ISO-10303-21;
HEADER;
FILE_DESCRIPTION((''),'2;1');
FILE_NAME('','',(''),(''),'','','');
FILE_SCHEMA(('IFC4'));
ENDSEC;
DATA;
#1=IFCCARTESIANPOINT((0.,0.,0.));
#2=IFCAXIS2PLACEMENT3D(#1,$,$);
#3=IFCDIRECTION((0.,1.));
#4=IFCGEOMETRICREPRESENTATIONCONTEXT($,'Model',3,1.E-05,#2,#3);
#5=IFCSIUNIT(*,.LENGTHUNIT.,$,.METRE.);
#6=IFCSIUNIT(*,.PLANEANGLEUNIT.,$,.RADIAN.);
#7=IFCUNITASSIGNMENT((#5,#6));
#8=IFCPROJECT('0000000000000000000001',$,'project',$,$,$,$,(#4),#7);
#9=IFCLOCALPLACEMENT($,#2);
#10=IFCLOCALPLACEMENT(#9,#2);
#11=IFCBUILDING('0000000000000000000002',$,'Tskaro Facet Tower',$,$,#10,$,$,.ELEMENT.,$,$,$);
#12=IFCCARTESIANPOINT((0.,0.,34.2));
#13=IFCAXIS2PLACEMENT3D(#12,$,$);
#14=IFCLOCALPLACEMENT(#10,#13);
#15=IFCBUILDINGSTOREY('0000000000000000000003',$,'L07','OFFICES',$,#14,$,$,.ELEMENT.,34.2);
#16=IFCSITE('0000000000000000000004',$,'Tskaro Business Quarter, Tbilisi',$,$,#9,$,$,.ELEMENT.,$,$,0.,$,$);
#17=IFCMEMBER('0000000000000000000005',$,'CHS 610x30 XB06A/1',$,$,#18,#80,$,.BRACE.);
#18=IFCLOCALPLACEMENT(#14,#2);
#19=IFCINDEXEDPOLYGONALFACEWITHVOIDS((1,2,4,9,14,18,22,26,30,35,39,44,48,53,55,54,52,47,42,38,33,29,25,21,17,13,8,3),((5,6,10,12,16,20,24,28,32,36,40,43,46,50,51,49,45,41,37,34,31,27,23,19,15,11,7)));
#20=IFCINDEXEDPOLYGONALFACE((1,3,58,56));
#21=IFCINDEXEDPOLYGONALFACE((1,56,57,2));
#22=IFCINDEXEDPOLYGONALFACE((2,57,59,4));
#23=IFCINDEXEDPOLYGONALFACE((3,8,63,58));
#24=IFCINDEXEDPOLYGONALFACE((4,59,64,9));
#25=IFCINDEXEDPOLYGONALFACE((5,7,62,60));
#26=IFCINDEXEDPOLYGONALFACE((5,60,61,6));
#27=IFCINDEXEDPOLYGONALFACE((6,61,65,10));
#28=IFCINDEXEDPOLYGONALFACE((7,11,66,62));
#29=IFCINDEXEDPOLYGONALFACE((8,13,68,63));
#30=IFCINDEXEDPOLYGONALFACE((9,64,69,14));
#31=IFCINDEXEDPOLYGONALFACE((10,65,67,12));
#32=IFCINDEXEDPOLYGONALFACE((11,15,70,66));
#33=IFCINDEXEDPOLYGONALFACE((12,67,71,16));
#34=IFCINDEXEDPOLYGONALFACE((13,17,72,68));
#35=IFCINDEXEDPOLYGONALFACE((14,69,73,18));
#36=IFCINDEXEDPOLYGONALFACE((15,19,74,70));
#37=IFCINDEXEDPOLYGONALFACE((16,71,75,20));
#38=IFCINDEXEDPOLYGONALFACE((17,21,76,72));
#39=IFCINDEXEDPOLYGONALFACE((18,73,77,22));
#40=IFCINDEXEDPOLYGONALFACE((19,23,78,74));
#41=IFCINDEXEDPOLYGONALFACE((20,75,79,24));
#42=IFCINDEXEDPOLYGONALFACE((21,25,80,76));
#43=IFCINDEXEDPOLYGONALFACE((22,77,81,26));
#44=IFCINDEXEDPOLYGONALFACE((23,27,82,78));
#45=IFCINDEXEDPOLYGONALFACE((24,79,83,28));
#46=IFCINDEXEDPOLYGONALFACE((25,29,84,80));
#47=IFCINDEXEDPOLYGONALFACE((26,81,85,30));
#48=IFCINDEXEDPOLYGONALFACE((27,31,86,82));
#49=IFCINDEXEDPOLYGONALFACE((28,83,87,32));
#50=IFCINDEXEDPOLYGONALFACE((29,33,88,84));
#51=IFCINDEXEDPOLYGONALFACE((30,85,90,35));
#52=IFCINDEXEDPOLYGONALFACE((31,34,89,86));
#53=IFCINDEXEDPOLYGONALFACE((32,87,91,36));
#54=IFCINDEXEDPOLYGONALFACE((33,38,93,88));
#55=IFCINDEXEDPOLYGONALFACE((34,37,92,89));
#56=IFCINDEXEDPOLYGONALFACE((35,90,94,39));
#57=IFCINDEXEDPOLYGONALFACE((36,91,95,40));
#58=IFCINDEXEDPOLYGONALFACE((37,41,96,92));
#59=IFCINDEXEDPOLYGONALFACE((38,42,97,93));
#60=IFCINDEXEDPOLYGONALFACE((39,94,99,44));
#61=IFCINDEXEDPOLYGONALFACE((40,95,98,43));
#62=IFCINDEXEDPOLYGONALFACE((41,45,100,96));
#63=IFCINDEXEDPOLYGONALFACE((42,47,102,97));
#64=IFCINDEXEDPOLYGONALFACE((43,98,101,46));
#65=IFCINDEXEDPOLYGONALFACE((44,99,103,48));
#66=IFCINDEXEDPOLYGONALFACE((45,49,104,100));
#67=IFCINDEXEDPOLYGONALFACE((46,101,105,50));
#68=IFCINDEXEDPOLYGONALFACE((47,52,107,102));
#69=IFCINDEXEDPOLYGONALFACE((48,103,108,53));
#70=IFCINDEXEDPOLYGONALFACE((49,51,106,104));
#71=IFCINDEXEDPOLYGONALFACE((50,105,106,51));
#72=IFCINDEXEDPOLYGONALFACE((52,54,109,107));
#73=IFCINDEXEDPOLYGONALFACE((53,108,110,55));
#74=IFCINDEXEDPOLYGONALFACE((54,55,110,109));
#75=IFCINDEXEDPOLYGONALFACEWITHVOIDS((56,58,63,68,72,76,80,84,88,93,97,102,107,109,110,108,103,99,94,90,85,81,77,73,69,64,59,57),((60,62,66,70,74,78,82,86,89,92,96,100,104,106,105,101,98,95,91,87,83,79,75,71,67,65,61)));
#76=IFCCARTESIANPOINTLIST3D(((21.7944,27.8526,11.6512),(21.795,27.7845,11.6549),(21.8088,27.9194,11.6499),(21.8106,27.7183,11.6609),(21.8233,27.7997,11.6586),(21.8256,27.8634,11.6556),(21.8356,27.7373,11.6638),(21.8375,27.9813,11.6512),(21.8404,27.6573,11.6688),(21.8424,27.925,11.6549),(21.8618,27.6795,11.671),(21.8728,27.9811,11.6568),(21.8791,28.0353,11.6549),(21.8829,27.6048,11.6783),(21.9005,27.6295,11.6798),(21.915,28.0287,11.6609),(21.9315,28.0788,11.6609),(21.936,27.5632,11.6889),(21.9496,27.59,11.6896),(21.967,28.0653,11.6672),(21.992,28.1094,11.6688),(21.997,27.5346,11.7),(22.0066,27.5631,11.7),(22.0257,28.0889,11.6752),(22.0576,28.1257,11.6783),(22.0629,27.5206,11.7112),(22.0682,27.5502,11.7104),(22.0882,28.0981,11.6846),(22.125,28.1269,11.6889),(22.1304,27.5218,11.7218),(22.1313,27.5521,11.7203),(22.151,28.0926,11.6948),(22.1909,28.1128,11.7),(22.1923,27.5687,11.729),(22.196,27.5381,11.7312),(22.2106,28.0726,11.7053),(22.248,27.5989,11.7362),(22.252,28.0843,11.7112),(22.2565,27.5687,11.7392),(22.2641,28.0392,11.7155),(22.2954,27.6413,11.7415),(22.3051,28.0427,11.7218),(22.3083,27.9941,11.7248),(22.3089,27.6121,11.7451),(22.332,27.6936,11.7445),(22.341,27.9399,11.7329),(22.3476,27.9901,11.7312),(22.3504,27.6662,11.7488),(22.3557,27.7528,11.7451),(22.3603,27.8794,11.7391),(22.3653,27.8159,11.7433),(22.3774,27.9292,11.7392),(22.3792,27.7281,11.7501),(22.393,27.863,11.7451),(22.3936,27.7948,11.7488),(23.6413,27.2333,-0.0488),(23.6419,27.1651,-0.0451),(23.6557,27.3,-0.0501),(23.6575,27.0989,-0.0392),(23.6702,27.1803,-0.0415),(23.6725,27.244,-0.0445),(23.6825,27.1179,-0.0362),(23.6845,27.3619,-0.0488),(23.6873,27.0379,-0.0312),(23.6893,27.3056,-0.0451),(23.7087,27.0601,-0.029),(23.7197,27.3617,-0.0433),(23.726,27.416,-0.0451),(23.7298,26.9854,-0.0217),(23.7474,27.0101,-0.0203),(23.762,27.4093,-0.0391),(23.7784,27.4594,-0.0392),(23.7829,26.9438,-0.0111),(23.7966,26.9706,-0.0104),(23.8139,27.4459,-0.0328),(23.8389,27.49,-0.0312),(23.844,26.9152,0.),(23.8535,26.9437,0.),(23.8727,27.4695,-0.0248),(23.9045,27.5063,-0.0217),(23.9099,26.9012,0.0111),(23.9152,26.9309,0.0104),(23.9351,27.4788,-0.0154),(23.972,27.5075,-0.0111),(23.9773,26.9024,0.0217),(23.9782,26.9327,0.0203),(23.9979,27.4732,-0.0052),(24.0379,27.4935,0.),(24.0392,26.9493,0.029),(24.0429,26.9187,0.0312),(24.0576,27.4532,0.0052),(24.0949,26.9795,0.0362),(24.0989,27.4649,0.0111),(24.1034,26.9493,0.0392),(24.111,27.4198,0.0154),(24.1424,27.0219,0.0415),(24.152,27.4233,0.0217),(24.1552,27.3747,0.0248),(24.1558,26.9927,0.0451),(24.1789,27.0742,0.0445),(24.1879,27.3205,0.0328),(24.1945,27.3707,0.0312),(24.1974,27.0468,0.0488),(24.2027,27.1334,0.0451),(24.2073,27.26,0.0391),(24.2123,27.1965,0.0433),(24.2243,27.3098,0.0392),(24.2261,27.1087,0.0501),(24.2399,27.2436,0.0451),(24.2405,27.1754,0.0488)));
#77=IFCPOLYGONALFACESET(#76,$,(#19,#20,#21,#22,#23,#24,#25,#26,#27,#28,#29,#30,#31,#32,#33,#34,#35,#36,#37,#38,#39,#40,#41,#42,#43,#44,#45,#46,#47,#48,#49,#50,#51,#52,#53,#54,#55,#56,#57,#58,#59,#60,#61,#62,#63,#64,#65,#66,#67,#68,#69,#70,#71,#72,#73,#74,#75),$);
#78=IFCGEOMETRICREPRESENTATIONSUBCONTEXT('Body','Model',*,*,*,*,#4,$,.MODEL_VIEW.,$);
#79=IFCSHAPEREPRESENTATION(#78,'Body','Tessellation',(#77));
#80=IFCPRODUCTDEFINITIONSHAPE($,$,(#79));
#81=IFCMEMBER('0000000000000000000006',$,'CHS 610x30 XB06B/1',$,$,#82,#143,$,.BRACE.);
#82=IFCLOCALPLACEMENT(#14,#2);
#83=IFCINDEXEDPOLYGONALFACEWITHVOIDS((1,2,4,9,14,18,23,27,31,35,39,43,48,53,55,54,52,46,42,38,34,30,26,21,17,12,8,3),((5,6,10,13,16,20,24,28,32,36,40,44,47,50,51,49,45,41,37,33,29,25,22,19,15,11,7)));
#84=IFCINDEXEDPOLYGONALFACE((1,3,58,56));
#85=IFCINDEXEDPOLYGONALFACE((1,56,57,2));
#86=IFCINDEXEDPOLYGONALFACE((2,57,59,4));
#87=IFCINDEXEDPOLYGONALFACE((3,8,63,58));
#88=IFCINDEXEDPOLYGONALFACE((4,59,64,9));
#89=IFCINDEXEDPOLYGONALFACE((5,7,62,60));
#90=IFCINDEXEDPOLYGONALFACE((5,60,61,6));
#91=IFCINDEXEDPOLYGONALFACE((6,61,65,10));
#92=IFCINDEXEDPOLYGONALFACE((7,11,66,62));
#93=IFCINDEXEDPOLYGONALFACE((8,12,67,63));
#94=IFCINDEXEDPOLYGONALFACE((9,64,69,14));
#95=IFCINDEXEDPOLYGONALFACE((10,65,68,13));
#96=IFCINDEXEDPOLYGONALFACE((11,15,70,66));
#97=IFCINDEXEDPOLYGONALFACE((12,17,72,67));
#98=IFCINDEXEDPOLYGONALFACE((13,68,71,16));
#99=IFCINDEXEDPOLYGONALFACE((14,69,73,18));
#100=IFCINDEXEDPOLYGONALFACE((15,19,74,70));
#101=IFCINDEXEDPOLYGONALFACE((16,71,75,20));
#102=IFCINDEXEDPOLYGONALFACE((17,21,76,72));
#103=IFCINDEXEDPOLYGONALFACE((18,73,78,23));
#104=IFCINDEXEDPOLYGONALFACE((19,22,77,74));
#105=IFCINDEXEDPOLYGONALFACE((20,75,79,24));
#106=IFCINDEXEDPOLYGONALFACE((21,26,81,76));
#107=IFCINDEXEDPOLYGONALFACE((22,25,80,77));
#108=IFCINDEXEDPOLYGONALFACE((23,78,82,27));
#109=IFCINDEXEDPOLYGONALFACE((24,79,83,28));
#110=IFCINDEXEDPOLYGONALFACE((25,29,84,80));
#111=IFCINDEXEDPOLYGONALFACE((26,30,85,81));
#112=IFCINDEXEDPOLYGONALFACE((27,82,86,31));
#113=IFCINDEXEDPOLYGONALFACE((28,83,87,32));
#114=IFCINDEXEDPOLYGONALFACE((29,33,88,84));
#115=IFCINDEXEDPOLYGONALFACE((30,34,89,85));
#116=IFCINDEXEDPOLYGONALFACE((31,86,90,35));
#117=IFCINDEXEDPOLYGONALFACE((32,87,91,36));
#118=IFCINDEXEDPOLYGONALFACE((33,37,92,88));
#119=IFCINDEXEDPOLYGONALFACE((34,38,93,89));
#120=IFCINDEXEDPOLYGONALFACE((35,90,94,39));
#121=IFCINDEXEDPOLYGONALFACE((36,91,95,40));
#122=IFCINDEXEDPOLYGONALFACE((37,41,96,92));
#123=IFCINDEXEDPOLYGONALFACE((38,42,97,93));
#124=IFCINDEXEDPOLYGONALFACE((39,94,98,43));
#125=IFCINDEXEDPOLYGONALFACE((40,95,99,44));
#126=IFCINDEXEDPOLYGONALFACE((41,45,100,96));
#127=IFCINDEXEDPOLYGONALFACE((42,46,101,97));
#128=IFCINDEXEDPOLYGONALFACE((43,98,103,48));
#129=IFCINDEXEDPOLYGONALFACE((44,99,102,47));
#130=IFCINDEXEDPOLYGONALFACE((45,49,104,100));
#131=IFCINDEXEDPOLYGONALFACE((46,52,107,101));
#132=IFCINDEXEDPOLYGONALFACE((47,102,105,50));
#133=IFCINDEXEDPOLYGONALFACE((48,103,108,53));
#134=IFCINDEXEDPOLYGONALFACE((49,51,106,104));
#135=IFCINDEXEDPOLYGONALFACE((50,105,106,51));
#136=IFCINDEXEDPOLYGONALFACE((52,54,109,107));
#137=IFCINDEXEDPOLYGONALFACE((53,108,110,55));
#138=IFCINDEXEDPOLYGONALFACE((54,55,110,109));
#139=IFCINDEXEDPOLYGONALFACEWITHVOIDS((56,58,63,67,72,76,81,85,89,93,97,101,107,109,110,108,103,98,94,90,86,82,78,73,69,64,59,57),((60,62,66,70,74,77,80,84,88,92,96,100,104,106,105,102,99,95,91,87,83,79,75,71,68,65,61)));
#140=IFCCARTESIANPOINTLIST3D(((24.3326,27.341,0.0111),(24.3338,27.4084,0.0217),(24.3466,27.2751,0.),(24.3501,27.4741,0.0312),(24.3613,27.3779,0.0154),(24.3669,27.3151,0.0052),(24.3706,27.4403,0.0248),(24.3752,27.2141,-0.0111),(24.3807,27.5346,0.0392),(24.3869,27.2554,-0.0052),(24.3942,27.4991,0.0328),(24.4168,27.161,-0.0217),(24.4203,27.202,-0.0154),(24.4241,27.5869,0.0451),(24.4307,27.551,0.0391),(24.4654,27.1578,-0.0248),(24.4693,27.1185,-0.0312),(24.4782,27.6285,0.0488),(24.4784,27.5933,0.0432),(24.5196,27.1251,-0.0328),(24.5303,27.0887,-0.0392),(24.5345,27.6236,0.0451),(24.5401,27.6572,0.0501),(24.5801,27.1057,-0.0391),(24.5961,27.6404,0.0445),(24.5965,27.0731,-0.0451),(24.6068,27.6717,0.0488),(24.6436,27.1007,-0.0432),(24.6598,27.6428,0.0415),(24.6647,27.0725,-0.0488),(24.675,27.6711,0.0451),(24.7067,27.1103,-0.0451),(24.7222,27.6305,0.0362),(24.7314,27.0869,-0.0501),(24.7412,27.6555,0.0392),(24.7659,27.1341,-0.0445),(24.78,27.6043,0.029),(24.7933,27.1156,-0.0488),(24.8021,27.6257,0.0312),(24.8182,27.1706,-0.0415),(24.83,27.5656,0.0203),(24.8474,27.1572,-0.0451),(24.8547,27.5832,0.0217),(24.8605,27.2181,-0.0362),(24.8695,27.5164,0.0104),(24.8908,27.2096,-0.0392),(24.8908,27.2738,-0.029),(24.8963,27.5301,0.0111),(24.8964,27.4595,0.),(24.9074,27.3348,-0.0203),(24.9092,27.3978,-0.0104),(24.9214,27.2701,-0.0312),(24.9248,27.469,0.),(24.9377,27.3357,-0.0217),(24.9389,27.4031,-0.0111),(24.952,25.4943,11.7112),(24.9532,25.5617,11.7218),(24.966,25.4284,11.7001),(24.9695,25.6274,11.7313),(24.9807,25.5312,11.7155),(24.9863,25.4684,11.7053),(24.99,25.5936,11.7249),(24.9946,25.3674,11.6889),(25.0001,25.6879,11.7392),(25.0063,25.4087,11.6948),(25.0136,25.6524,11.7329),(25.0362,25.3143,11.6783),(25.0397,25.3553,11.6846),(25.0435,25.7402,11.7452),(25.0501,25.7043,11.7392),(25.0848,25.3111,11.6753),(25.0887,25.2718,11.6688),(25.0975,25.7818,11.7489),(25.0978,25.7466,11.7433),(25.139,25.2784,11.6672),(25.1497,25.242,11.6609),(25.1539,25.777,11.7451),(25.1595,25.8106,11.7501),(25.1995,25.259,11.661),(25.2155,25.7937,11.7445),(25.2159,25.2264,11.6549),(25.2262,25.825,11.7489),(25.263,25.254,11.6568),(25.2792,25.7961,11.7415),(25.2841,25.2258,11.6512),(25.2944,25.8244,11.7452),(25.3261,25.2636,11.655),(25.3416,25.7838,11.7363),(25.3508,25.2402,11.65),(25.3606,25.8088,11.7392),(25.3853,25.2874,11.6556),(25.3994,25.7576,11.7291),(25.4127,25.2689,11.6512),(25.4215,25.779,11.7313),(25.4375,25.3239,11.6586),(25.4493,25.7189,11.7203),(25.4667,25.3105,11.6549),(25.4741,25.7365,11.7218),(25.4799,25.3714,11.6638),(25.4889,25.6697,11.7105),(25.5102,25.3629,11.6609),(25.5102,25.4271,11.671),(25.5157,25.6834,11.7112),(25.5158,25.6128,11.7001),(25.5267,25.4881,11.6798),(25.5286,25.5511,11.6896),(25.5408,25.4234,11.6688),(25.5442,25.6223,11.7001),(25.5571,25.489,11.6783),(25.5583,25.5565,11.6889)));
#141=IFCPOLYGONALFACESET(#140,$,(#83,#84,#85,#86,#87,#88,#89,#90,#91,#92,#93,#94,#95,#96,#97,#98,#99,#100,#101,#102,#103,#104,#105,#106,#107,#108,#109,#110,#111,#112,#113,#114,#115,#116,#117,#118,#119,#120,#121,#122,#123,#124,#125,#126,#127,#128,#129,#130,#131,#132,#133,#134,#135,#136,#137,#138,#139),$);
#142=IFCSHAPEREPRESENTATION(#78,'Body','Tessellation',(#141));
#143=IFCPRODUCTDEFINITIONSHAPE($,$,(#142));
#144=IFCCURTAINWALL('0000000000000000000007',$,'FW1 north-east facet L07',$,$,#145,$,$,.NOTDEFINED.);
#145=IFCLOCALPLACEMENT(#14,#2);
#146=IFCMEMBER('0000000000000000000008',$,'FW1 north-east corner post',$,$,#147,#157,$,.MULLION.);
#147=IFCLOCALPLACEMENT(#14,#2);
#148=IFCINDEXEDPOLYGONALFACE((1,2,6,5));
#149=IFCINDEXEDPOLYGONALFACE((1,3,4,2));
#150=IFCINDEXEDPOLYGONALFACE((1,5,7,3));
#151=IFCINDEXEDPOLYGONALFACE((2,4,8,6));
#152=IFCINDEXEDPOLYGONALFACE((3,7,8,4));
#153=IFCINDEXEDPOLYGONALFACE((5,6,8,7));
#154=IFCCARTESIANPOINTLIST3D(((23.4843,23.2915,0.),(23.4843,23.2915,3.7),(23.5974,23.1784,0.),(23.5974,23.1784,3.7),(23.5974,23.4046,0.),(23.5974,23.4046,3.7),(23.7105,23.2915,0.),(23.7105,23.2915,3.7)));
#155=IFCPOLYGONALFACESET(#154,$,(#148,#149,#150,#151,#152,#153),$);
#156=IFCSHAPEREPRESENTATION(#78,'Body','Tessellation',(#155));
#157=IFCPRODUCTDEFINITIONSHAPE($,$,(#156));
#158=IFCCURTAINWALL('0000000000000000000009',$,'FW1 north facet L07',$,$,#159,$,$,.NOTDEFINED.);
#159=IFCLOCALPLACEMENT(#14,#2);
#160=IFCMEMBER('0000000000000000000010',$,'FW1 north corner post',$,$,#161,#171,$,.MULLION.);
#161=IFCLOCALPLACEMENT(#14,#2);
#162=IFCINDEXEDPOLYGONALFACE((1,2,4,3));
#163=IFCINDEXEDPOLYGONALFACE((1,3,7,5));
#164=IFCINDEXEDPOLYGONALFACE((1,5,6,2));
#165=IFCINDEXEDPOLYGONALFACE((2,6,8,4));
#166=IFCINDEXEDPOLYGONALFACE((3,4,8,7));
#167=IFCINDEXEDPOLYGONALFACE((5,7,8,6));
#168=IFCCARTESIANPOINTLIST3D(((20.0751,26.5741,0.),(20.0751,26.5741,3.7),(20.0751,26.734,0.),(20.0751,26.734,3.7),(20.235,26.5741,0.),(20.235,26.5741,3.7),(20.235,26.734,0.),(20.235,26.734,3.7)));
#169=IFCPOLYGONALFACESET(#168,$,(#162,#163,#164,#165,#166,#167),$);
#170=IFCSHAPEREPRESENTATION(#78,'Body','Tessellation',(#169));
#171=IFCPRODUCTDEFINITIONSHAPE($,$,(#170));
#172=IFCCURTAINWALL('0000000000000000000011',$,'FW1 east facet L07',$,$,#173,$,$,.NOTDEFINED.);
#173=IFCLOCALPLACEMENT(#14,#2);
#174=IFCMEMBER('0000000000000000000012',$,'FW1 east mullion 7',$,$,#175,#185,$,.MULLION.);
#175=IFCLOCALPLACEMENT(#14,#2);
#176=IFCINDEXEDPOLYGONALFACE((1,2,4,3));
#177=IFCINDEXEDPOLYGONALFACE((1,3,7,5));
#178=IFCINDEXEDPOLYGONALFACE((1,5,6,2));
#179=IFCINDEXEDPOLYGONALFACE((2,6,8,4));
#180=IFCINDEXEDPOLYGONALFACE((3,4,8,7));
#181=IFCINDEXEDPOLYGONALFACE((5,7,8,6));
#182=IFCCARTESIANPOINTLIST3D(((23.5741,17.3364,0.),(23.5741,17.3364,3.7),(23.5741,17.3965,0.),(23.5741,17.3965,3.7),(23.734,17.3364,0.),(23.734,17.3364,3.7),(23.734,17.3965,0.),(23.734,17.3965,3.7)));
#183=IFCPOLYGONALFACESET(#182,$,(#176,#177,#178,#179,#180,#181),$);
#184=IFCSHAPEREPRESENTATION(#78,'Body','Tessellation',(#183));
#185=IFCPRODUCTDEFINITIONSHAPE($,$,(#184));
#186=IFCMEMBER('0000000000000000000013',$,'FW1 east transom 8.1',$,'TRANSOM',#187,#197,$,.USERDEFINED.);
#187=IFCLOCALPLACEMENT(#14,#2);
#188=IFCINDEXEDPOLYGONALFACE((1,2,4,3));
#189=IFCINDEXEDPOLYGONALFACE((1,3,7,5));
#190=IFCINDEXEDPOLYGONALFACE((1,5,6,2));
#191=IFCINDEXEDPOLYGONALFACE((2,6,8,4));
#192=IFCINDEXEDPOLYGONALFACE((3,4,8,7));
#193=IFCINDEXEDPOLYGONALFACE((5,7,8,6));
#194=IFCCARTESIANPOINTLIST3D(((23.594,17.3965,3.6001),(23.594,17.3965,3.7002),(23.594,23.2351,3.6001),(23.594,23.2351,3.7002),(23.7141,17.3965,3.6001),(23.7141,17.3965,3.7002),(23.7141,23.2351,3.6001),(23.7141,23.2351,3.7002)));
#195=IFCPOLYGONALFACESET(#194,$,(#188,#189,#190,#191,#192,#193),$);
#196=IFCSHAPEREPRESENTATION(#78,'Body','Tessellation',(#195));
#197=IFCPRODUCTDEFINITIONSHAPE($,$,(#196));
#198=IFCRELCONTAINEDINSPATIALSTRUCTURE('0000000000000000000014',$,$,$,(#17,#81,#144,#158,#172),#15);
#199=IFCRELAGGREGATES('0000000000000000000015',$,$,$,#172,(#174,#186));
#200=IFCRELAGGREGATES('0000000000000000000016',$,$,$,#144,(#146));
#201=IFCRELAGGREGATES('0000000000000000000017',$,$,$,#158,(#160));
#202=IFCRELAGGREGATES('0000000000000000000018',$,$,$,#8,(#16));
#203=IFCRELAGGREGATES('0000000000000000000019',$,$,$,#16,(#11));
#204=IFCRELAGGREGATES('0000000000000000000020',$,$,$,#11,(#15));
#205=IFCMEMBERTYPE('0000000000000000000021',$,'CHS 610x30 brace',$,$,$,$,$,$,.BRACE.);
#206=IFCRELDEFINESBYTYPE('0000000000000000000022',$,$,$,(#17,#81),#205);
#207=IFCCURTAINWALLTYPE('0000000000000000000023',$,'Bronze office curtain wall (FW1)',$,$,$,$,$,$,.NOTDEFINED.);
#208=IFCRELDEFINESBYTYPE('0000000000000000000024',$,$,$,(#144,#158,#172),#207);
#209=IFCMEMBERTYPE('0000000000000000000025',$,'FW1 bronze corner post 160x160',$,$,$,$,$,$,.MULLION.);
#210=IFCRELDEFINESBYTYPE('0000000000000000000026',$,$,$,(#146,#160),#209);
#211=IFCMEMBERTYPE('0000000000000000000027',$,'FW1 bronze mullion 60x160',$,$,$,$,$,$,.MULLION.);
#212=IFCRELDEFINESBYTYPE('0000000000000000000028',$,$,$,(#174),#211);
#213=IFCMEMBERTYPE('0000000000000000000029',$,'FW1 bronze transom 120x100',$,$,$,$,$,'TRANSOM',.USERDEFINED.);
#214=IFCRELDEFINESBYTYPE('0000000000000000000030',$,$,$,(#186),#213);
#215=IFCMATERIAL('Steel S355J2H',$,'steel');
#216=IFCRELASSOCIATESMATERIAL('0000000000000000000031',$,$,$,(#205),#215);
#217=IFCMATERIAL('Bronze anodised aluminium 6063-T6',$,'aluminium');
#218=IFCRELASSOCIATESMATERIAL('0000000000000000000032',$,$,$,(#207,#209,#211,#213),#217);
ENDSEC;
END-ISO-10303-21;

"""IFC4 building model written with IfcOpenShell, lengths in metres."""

from ifc_helpers import new_model, si_unit, direction, frame, origin, origin_2d, place, context, subcontext, project, spatial, rectangle, hollow_circle, extrude, material, material_profile, profile_set, type_object, element, aggregate, save


model = new_model("IFC4")

# Units and contexts
model_context = context("Model", 3, precision=1e-05, world=origin(), true_north=direction((0.0, 1.0)))
body_context = subcontext(model_context, "Body", "Model", "MODEL_VIEW")
ifc_project = project(units=[si_unit("LENGTHUNIT", "METRE"), si_unit("PLANEANGLEUNIT", "RADIAN")], contexts=[model_context])

# Site, building, storey
site_placement = place(None, origin())
site = spatial("IfcSite", under=ifc_project, at=site_placement, Name="Tskaro Business Quarter, Tbilisi", CompositionType="ELEMENT", RefElevation=0.0)
building_placement = place(site_placement, origin())
building = spatial("IfcBuilding", under=site, at=building_placement, Name="Tskaro Facet Tower", CompositionType="ELEMENT")
storey_placement = place(building_placement, frame((0.0, 0.0, 34.2)))
storey = spatial("IfcBuildingStorey", under=building, at=storey_placement, Name="L07", Description="OFFICES", CompositionType="ELEMENT", Elevation=34.2)

# Shared definitions
ifc_material_1 = material(Name="Steel S355J2H", Category="steel")

# Members
ifc_material_profile_1 = material_profile(ifc_material_1, hollow_circle(Radius=0.3049, WallThickness=0.03, at=origin_2d()), Name="CHS 610x30")
ifc_profile_set_1 = profile_set([ifc_material_profile_1], Name="Steel S355J2H")
member_type_1 = type_object("IfcMemberType", Name="CHS 610x30 brace", PredefinedType="BRACE", material=ifc_profile_set_1)
for number, where, z_axis, x_axis, name in (
    (1, (23.9409, 27.2043, 0.0), (-0.155714, 0.05222, 0.986421), (-0.317957, -0.948105, 0.0), "CHS 610x30 XB06A/1"),
    (2, (24.6357, 27.3721, 0.0), (0.05222, -0.155694, 0.986424), (0.948093, 0.317995, 0.0), "CHS 610x30 XB06B/1"),
):
    element("IfcMember", number, at=place(storey_placement, frame(where, z_axis=z_axis, x_axis=x_axis)), inside=storey, type_object=member_type_1, Name=name, PredefinedType="BRACE", context=body_context, shape_type="SweptSolid", body=[
        extrude(hollow_circle(Radius=0.3049, WallThickness=0.03, at=origin_2d()), origin(), (0.0, 0.0, 1.0), 11.8611),
    ])

# Curtain walls, members
ifc_material_2 = material(Name="Bronze anodised aluminium 6063-T6", Category="aluminium")
curtain_wall_type = type_object("IfcCurtainWallType", Name="Bronze office curtain wall (FW1)", PredefinedType="NOTDEFINED", material=ifc_material_2)
curtain_wall_1_placement = place(storey_placement, origin())
curtain_wall_1 = element("IfcCurtainWall", 3, at=curtain_wall_1_placement, inside=storey, type_object=curtain_wall_type, Name="FW1 north-east facet L07", PredefinedType="NOTDEFINED")
ifc_material_profile_2 = material_profile(ifc_material_2, rectangle(XDim=0.1599, YDim=0.1599, at=origin_2d()), Name="Corner post 160x160")
ifc_profile_set_2 = profile_set([ifc_material_profile_2], Name="Bronze anodised aluminium 6063-T6")
member_type_2 = type_object("IfcMemberType", Name="FW1 bronze corner post 160x160", PredefinedType="MULLION", material=ifc_profile_set_2)
member_1_placement = place(storey_placement, frame((23.5974, 23.2915, 0.0), z_axis=(0.0, 0.0, 1.0), x_axis=(-0.707107, 0.707107, 0.0)))
member_1 = element("IfcMember", 4, at=member_1_placement, type_object=member_type_2, Name="FW1 north-east corner post", PredefinedType="MULLION", context=body_context, shape_type="SweptSolid", body=[
    extrude(rectangle(XDim=0.1599, YDim=0.1599, at=origin_2d()), origin(), (0.0, 0.0, 1.0), 3.7),
])
curtain_wall_2_placement = place(storey_placement, origin())
curtain_wall_2 = element("IfcCurtainWall", 5, at=curtain_wall_2_placement, inside=storey, type_object=curtain_wall_type, Name="FW1 north facet L07", PredefinedType="NOTDEFINED")
member_2_placement = place(storey_placement, frame((20.155, 26.6541, 0.0), z_axis=(0.0, 0.0, 1.0), x_axis=(-1.0, 0.0, 0.0)))
member_2 = element("IfcMember", 6, at=member_2_placement, type_object=member_type_2, Name="FW1 north corner post", PredefinedType="MULLION", context=body_context, shape_type="SweptSolid", body=[
    extrude(rectangle(XDim=0.1599, YDim=0.1599, at=origin_2d()), origin(), (0.0, 0.0, 1.0), 3.7),
])

# Curtain wall, members
curtain_wall_3_placement = place(storey_placement, origin())
curtain_wall_3 = element("IfcCurtainWall", 7, at=curtain_wall_3_placement, inside=storey, type_object=curtain_wall_type, Name="FW1 east facet L07", PredefinedType="NOTDEFINED")
ifc_material_profile_3 = material_profile(ifc_material_2, rectangle(XDim=0.0601, YDim=0.1599, at=origin_2d()), Name="Mullion 60x160")
ifc_profile_set_3 = profile_set([ifc_material_profile_3], Name="Bronze anodised aluminium 6063-T6")
member_type_3 = type_object("IfcMemberType", Name="FW1 bronze mullion 60x160", PredefinedType="MULLION", material=ifc_profile_set_3)
member_3_placement = place(storey_placement, frame((23.6541, 17.3665, 0.0), z_axis=(0.0, 0.0, 1.0), x_axis=(0.0, 1.0, 0.0)))
member_3 = element("IfcMember", 8, at=member_3_placement, type_object=member_type_3, Name="FW1 east mullion 7", PredefinedType="MULLION", context=body_context, shape_type="SweptSolid", body=[
    extrude(rectangle(XDim=0.0601, YDim=0.1599, at=origin_2d()), origin(), (0.0, 0.0, 1.0), 3.7),
])
ifc_material_profile_4 = material_profile(ifc_material_2, rectangle(XDim=0.1201, YDim=0.1001, at=origin_2d()), Name="Transom 120x100")
ifc_profile_set_4 = profile_set([ifc_material_profile_4], Name="Bronze anodised aluminium 6063-T6")
member_type_4 = type_object("IfcMemberType", Name="FW1 bronze transom 120x100", ElementType="TRANSOM", PredefinedType="USERDEFINED", material=ifc_profile_set_4)
member_4_placement = place(storey_placement, frame((23.6541, 17.3965, 3.6501), z_axis=(0.0, 1.0, 0.0), x_axis=(-1.0, 0.0, 0.0)))
member_4 = element("IfcMember", 9, at=member_4_placement, type_object=member_type_4, Name="FW1 east transom 8.1", ObjectType="TRANSOM", PredefinedType="USERDEFINED", context=body_context, shape_type="SweptSolid", body=[
    extrude(rectangle(XDim=0.1201, YDim=0.1001, at=origin_2d()), origin(), (0.0, 0.0, 1.0), 5.8386),
])

aggregate(curtain_wall_3, [member_3, member_4])
aggregate(curtain_wall_1, [member_1])
aggregate(curtain_wall_2, [member_2])

save(model, "model.ifc")
